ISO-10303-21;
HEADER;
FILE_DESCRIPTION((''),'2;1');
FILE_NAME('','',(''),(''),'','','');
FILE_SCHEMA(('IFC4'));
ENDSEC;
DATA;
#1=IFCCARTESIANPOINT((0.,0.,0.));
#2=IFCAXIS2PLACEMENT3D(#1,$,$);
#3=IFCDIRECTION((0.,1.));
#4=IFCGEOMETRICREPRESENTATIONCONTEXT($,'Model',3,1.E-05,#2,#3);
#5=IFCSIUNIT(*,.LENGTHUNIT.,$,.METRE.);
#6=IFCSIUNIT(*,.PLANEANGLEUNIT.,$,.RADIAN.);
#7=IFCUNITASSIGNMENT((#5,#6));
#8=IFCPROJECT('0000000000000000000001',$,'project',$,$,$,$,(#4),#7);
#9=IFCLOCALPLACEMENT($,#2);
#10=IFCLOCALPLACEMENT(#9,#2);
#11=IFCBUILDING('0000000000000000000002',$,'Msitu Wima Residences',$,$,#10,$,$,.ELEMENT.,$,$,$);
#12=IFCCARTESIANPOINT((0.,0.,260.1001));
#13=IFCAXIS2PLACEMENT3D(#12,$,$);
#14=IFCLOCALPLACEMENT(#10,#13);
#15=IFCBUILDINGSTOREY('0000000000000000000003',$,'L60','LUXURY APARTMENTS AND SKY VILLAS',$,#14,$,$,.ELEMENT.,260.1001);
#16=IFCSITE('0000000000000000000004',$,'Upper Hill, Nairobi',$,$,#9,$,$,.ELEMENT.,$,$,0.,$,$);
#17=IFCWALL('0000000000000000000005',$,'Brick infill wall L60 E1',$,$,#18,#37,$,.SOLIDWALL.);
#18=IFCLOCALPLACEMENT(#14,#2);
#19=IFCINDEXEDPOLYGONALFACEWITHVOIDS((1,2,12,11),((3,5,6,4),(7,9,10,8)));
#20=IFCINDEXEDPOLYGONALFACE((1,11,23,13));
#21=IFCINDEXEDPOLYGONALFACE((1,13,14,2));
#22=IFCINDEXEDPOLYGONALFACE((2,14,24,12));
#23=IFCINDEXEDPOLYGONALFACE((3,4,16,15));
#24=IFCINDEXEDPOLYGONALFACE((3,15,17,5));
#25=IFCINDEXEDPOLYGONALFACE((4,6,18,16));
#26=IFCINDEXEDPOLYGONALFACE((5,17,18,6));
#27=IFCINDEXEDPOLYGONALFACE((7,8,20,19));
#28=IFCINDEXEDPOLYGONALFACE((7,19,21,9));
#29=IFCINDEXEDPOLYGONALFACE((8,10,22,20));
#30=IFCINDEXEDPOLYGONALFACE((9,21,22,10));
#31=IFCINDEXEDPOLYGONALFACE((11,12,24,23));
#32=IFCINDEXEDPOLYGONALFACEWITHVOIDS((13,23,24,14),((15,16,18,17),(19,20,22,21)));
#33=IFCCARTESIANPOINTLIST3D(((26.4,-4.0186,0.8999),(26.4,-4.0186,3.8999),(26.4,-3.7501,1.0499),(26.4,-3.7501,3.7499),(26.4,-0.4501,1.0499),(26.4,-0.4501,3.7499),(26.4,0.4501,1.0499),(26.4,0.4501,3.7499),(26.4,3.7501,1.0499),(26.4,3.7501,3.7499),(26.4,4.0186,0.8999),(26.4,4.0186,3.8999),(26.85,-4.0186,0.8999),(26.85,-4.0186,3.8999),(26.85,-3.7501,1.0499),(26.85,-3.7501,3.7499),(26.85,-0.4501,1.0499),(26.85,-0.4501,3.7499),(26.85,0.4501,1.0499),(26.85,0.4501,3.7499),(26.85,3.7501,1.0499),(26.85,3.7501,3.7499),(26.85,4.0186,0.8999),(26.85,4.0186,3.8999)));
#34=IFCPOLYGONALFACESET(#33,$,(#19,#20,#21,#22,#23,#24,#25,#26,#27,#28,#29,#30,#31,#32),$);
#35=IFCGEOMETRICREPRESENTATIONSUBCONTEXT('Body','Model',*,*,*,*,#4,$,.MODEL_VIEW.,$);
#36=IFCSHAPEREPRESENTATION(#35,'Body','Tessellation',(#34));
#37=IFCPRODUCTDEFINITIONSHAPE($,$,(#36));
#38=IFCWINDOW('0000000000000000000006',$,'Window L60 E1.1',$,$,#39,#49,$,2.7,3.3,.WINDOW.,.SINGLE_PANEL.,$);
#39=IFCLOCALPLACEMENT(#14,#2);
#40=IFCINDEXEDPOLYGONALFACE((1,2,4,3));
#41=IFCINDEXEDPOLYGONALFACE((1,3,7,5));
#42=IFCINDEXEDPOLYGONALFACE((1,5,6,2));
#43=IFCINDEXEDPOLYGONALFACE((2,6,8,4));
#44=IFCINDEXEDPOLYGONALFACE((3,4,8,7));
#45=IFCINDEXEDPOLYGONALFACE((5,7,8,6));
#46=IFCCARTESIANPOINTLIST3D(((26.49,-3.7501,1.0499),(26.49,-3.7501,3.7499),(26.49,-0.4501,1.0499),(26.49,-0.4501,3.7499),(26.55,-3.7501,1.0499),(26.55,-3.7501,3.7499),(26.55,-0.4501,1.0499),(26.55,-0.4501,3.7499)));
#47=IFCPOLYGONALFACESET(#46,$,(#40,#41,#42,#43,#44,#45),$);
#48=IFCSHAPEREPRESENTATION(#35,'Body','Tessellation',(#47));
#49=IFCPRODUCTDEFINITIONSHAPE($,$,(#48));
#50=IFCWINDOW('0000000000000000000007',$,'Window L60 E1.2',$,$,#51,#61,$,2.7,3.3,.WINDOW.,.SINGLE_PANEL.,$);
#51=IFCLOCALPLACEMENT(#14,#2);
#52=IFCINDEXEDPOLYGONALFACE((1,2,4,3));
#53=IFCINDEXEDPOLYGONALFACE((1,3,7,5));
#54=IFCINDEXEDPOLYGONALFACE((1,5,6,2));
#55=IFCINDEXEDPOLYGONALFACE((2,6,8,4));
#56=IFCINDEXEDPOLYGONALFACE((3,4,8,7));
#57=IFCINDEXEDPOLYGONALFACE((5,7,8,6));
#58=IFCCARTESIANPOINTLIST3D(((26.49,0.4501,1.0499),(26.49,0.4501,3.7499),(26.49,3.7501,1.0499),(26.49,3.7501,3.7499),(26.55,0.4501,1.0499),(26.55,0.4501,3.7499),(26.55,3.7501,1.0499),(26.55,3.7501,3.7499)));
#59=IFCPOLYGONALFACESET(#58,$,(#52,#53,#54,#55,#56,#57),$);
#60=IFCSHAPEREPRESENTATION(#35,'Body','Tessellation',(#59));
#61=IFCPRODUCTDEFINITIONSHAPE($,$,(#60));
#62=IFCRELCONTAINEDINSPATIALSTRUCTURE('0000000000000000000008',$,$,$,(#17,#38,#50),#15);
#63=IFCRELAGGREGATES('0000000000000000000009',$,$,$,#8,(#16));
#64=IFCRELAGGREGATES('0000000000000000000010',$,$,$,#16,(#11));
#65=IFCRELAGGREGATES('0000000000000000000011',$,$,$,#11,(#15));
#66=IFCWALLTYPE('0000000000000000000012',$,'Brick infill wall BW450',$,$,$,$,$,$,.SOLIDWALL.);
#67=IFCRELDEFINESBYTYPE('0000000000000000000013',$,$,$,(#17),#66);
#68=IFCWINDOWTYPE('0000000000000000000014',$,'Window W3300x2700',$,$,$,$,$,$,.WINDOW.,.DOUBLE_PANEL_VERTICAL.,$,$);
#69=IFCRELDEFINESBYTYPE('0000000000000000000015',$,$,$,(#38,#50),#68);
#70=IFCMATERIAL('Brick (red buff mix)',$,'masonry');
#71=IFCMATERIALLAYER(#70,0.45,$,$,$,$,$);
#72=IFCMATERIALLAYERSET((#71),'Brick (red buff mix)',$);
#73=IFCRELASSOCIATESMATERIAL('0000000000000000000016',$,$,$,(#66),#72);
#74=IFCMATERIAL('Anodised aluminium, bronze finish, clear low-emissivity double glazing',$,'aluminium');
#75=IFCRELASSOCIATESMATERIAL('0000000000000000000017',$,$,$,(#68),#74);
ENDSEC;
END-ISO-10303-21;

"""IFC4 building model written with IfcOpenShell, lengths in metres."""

from ifc_helpers import new_model, si_unit, direction, frame, frame_2d, origin, place, context, subcontext, project, spatial, rectangle, extrude, material, layer, layer_set, type_object, element, fill, save


model = new_model("IFC4")

# Units and contexts
model_context = context("Model", 3, precision=1e-05, world=origin(), true_north=direction((0.0, 1.0)))
body_context = subcontext(model_context, "Body", "Model", "MODEL_VIEW")
ifc_project = project(units=[si_unit("LENGTHUNIT", "METRE"), si_unit("PLANEANGLEUNIT", "RADIAN")], contexts=[model_context])

# Site, building, storey
site_placement = place(None, origin())
site = spatial("IfcSite", under=ifc_project, at=site_placement, Name="Upper Hill, Nairobi", CompositionType="ELEMENT", RefElevation=0.0)
building_placement = place(site_placement, origin())
building = spatial("IfcBuilding", under=site, at=building_placement, Name="Msitu Wima Residences", CompositionType="ELEMENT")
storey_placement = place(building_placement, frame((0.0, 0.0, 260.1001)))
storey = spatial("IfcBuildingStorey", under=building, at=storey_placement, Name="L60", Description="LUXURY APARTMENTS AND SKY VILLAS", CompositionType="ELEMENT", Elevation=260.1001)

# Shared definitions
ifc_material_1 = material(Name="Brick (red buff mix)", Category="masonry")
ifc_layer_1 = layer(ifc_material_1, 0.45)
ifc_layer_set_1 = layer_set([ifc_layer_1], Name="Brick (red buff mix)")
wall_type_1 = type_object("IfcWallType", Name="Brick infill wall BW450", PredefinedType="SOLIDWALL", material=ifc_layer_set_1)
ifc_material_2 = material(Name="Anodised aluminium, bronze finish, clear low-emissivity double glazing", Category="aluminium")
window_type = type_object("IfcWindowType", Name="Window W3300x2700", PartitioningType="DOUBLE_PANEL_VERTICAL", PredefinedType="WINDOW", material=ifc_material_2)

# Wall, openings, windows
wall_1_placement = place(storey_placement, frame((26.625, -4.0186, 0.8999), z_axis=(0.0, 0.0, 1.0), x_axis=(0.0, 1.0, 0.0)))
wall_1 = element("IfcWall", 1, at=wall_1_placement, inside=storey, type_object=wall_type_1, Name="Brick infill wall L60 E1", PredefinedType="SOLIDWALL", context=body_context, shape_type="SweptSolid", body=[
    extrude(rectangle(XDim=8.0371, YDim=0.45, at=frame_2d((4.0186, 0.0))), origin(), (0.0, 0.0, 1.0), 3.0),
])
opening_1_placement = place(wall_1_placement, frame((0.2686, 0.0, 0.1499)))
opening_1 = element("IfcOpeningElement", 2, at=opening_1_placement, cuts=wall_1, PredefinedType="OPENING", context=body_context, shape_type="SweptSolid", body=[
    extrude(rectangle(XDim=3.3, YDim=2.7, at=frame_2d((1.6499, 1.3501))), frame((0.0, 0.2349, 0.0), z_axis=(0.0, -1.0, 0.0), x_axis=(1.0, 0.0, 0.0)), (0.0, 0.0, 1.0), 0.47),
])
opening_2_placement = place(wall_1_placement, frame((4.4688, 0.0, 0.1499)))
opening_2 = element("IfcOpeningElement", 3, at=opening_2_placement, cuts=wall_1, PredefinedType="OPENING", context=body_context, shape_type="SweptSolid", body=[
    extrude(rectangle(XDim=3.3, YDim=2.7, at=frame_2d((1.6499, 1.3501))), frame((0.0, 0.2349, 0.0), z_axis=(0.0, -1.0, 0.0), x_axis=(1.0, 0.0, 0.0)), (0.0, 0.0, 1.0), 0.47),
])
window_1_placement = place(opening_1_placement, origin())
window_1 = element("IfcWindow", 4, at=window_1_placement, inside=storey, type_object=window_type, Name="Window L60 E1.1", OverallHeight=2.7, OverallWidth=3.3, PartitioningType="SINGLE_PANEL", PredefinedType="WINDOW", context=body_context, shape_type="SweptSolid", body=[
    extrude(rectangle(XDim=3.3, YDim=2.7, at=frame_2d((1.6499, 1.3501))), frame((0.0, 0.135, 0.0), z_axis=(0.0, -1.0, 0.0), x_axis=(1.0, 0.0, 0.0)), (0.0, 0.0, 1.0), 0.0601),
])
fill(opening_1, window_1)
window_2_placement = place(opening_2_placement, origin())
window_2 = element("IfcWindow", 5, at=window_2_placement, inside=storey, type_object=window_type, Name="Window L60 E1.2", OverallHeight=2.7, OverallWidth=3.3, PartitioningType="SINGLE_PANEL", PredefinedType="WINDOW", context=body_context, shape_type="SweptSolid", body=[
    extrude(rectangle(XDim=3.3, YDim=2.7, at=frame_2d((1.6499, 1.3501))), frame((0.0, 0.135, 0.0), z_axis=(0.0, -1.0, 0.0), x_axis=(1.0, 0.0, 0.0)), (0.0, 0.0, 1.0), 0.0601),
])
fill(opening_2, window_2)

save(model, "model.ifc")
